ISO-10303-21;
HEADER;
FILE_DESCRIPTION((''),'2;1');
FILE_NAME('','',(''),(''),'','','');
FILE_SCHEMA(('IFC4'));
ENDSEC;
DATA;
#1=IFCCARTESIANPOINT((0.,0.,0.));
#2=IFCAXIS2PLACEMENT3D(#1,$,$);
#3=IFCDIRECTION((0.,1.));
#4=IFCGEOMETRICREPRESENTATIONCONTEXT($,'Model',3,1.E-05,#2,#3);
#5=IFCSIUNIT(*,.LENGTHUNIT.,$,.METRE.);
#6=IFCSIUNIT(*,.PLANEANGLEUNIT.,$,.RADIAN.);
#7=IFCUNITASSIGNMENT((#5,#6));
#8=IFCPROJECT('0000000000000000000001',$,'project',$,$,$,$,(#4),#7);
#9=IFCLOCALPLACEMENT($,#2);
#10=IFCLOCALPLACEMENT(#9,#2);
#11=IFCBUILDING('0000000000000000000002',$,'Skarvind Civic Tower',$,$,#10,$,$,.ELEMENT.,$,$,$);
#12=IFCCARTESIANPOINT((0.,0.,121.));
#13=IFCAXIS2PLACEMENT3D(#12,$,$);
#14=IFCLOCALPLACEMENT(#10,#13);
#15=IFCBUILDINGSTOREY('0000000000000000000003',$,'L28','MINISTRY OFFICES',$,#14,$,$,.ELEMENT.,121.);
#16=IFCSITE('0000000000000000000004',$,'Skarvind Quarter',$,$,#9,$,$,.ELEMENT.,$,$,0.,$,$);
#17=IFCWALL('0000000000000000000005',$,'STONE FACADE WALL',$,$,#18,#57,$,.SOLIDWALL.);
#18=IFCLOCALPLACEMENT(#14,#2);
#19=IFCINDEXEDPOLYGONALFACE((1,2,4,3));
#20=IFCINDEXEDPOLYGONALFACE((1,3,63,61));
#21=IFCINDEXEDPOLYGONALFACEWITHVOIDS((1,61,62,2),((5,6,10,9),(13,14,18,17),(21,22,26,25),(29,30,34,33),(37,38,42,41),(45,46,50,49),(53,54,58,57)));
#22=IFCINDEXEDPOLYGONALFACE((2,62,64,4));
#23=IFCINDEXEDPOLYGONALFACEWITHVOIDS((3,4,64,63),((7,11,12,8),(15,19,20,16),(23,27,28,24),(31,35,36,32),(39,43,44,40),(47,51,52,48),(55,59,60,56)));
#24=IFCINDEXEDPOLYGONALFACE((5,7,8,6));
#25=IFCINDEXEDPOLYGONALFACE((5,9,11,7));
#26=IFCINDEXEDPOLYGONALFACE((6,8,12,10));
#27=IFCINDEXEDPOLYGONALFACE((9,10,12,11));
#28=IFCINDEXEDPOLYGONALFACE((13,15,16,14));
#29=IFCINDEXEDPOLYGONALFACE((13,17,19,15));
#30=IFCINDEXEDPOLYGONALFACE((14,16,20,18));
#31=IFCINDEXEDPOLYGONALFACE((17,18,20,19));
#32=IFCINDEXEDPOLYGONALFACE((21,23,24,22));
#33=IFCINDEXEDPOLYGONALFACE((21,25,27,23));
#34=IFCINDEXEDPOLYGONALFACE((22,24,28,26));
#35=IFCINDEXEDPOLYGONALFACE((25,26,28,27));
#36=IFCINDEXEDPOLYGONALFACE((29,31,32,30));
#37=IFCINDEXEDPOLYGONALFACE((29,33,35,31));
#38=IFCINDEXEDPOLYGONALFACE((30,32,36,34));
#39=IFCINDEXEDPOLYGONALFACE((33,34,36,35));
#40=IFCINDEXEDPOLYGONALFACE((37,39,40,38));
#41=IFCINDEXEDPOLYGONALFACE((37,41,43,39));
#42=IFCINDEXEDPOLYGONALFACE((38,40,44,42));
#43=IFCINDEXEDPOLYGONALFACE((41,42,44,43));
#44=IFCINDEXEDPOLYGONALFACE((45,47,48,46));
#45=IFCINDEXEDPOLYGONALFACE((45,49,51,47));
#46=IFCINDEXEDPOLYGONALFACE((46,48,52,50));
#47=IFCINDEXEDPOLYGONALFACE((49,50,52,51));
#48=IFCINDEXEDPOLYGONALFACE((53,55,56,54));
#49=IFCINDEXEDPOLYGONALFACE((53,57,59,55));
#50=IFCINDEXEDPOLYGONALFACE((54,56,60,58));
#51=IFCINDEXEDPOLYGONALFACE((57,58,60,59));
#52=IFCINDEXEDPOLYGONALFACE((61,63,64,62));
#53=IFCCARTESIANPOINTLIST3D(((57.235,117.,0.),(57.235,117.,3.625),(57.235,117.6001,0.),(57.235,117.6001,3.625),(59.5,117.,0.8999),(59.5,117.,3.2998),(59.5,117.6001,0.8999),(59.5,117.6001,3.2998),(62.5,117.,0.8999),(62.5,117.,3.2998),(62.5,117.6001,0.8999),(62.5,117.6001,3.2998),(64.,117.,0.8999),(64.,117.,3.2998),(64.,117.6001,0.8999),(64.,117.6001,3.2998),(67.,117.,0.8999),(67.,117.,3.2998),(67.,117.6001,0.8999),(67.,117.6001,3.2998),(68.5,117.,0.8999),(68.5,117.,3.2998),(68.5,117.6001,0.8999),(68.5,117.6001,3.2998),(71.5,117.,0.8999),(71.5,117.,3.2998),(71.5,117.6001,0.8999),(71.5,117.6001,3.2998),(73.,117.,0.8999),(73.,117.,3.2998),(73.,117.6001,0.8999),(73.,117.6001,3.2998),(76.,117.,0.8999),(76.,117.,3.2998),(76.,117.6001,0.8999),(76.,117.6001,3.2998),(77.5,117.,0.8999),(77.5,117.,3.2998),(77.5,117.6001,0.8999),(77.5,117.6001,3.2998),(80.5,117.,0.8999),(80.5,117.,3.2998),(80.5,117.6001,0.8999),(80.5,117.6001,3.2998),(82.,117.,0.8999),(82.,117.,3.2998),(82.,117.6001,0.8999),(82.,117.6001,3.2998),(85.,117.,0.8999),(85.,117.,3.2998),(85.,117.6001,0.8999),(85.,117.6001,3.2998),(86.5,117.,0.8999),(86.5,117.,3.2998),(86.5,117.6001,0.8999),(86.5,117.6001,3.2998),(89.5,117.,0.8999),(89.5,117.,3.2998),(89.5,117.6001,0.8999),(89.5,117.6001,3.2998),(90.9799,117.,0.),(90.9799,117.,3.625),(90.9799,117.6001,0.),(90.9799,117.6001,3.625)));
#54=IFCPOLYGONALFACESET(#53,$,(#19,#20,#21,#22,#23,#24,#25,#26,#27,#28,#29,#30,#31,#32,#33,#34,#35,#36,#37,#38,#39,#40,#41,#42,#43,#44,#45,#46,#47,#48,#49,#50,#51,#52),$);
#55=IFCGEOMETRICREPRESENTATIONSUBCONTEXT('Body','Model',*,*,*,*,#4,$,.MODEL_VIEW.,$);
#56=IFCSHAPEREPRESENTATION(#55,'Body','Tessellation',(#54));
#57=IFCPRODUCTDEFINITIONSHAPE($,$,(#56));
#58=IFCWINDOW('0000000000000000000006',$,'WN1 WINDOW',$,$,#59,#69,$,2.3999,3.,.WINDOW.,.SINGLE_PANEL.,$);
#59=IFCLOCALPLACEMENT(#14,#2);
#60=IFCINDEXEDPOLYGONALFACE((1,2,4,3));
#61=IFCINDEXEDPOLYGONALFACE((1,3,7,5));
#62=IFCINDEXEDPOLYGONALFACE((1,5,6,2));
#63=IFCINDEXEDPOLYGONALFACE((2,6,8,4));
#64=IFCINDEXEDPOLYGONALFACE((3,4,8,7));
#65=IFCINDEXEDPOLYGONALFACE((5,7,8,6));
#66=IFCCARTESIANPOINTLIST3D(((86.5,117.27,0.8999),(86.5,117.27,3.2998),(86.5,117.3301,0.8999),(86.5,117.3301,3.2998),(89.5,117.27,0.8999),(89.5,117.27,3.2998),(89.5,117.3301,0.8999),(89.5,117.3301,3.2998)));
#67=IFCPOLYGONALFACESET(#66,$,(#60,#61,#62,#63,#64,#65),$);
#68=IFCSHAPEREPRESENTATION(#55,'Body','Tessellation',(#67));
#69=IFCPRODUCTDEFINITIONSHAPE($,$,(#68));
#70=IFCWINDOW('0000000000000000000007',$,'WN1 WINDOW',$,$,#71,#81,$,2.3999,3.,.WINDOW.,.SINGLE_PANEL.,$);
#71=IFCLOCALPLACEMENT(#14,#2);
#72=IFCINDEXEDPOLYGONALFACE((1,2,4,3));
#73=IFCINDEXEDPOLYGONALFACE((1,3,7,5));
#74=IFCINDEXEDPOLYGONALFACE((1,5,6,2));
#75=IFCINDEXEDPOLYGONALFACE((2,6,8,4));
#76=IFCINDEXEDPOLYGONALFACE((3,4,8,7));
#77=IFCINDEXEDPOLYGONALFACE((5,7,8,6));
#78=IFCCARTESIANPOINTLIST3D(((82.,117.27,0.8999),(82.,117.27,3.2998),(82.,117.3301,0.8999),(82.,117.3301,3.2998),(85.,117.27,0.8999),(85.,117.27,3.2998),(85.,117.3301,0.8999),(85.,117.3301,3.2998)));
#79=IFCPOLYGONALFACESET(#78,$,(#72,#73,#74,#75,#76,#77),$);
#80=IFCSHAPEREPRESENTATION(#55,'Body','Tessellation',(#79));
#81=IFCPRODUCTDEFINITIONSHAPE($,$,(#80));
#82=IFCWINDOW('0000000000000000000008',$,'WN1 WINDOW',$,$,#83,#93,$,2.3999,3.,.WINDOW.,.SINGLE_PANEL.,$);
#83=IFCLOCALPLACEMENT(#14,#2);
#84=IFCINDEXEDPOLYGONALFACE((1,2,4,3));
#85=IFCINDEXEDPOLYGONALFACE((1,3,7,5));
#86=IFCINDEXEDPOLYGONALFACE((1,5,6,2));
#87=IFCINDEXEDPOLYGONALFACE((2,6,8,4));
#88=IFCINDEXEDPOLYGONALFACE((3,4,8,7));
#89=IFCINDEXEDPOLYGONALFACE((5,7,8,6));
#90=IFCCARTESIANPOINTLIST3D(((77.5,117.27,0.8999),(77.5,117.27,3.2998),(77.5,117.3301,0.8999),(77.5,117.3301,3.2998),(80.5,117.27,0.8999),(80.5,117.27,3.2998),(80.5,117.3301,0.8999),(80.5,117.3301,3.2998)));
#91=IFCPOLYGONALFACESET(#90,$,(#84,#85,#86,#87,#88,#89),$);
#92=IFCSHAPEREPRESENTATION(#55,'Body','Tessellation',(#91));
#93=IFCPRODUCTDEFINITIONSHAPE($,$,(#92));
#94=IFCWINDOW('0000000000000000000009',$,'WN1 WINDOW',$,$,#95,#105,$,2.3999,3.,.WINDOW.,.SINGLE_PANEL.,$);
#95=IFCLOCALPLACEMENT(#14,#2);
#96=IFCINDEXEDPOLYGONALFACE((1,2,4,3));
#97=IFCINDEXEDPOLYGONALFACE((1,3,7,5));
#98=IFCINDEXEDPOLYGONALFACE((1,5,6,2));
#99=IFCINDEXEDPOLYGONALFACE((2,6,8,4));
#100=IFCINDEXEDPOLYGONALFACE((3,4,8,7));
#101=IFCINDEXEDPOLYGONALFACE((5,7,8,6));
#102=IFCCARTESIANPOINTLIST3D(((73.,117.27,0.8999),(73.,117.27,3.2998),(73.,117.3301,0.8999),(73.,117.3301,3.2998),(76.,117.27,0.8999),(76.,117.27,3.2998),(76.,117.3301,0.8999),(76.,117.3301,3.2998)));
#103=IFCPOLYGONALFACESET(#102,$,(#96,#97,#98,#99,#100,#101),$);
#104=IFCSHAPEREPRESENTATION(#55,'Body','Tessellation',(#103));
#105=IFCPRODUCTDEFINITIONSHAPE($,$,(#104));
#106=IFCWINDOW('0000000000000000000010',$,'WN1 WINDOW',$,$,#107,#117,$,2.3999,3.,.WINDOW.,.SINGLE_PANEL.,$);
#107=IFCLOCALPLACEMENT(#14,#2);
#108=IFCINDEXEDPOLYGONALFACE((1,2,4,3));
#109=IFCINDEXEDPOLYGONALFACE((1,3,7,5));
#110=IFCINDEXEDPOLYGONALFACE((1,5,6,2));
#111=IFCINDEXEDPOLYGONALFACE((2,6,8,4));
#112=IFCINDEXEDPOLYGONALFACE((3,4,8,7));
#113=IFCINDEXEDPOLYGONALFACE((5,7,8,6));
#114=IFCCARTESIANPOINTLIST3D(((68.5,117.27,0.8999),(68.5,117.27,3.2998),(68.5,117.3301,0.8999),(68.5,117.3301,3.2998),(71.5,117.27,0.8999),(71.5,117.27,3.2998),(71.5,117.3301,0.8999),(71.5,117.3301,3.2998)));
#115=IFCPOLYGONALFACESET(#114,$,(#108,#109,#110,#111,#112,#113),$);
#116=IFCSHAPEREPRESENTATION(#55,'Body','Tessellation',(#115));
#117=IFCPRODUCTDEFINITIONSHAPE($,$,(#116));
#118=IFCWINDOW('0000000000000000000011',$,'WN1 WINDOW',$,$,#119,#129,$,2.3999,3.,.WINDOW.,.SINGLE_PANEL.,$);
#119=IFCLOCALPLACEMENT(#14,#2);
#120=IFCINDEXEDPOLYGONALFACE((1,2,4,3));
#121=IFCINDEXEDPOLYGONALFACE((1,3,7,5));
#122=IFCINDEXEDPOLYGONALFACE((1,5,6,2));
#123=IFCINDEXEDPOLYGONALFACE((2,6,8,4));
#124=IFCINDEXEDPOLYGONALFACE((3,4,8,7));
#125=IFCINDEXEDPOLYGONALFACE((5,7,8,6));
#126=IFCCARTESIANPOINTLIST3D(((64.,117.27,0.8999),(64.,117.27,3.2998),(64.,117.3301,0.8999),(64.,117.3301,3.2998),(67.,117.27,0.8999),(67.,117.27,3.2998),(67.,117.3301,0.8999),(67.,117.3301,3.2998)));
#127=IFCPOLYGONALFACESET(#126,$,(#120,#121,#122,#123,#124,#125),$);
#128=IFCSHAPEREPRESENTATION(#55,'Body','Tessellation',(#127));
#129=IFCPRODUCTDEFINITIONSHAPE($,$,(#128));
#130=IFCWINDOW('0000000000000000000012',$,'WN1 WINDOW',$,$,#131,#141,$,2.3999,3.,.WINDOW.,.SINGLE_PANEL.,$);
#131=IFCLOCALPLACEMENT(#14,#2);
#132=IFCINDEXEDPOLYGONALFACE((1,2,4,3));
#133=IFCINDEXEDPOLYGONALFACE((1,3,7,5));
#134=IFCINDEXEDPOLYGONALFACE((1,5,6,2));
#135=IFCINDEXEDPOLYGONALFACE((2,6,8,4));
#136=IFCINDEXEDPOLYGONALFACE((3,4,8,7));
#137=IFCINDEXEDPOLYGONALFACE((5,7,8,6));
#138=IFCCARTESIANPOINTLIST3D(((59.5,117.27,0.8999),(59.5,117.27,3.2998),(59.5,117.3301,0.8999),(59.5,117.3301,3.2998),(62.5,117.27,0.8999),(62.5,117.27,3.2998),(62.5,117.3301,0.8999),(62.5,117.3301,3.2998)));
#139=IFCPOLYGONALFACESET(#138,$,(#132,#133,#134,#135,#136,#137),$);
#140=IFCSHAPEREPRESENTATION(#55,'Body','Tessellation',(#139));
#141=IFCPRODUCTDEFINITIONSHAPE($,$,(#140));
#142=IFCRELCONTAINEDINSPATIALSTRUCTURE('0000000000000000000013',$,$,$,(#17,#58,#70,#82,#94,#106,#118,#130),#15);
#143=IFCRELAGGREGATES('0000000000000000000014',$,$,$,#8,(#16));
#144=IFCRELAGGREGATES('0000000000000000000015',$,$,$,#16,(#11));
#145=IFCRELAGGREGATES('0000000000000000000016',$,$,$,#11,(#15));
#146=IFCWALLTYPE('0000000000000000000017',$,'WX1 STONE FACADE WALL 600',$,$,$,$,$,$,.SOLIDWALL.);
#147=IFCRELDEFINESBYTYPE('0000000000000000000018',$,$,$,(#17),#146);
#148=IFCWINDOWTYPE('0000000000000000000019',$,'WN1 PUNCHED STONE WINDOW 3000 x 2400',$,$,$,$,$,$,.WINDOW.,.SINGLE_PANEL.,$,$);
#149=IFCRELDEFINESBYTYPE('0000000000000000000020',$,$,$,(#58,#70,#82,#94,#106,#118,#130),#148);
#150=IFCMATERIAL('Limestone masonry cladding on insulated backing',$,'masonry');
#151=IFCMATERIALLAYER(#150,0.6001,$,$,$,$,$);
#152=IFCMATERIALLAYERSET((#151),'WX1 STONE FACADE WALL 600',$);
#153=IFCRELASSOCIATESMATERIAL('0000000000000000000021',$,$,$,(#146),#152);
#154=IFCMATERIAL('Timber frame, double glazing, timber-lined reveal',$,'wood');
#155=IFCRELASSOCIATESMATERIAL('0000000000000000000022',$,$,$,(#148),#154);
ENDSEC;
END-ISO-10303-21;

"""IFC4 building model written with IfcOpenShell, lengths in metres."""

from ifc_helpers import new_model, si_unit, direction, frame, frame_2d, origin, place, context, subcontext, project, spatial, rectangle, extrude, material, layer, layer_set, type_object, element, fill, save


model = new_model("IFC4")

# Units and contexts
model_context = context("Model", 3, precision=1e-05, world=origin(), true_north=direction((0.0, 1.0)))
body_context = subcontext(model_context, "Body", "Model", "MODEL_VIEW")
ifc_project = project(units=[si_unit("LENGTHUNIT", "METRE"), si_unit("PLANEANGLEUNIT", "RADIAN")], contexts=[model_context])

# Site, building, storey
site_placement = place(None, origin())
site = spatial("IfcSite", under=ifc_project, at=site_placement, Name="Skarvind Quarter", CompositionType="ELEMENT", RefElevation=0.0)
building_placement = place(site_placement, origin())
building = spatial("IfcBuilding", under=site, at=building_placement, Name="Skarvind Civic Tower", CompositionType="ELEMENT")
storey_placement = place(building_placement, frame((0.0, 0.0, 121.0)))
storey = spatial("IfcBuildingStorey", under=building, at=storey_placement, Name="L28", Description="MINISTRY OFFICES", CompositionType="ELEMENT", Elevation=121.0)

# Wall, openings, windows
ifc_material_1 = material(Name="Limestone masonry cladding on insulated backing", Category="masonry")
ifc_layer_1 = layer(ifc_material_1, 0.6001)
ifc_layer_set_1 = layer_set([ifc_layer_1], Name="WX1 STONE FACADE WALL 600")
wall_type_1 = type_object("IfcWallType", Name="WX1 STONE FACADE WALL 600", PredefinedType="SOLIDWALL", material=ifc_layer_set_1)
wall_1_placement = place(storey_placement, frame((90.98, 117.3, 0.0), z_axis=(0.0, 0.0, 1.0), x_axis=(-1.0, 0.0, 0.0)))
wall_1 = element("IfcWall", 1, at=wall_1_placement, inside=storey, type_object=wall_type_1, Name="STONE FACADE WALL", PredefinedType="SOLIDWALL", context=body_context, shape_type="SweptSolid", body=[
    extrude(rectangle(XDim=33.7449, YDim=0.6001, at=frame_2d((16.8726, 0.0))), origin(), (0.0, 0.0, 1.0), 3.625),
])
opening_1_placement = place(wall_1_placement, frame((1.48, 0.0, 0.8999)))
opening_1 = element("IfcOpeningElement", 2, at=opening_1_placement, cuts=wall_1, PredefinedType="OPENING", context=body_context, shape_type="SweptSolid", body=[
    extrude(rectangle(XDim=3.0, YDim=2.3999, at=frame_2d((1.5, 1.2))), frame((0.0, 0.3101, 0.0), z_axis=(0.0, -1.0, 0.0), x_axis=(1.0, 0.0, 0.0)), (0.0, 0.0, 1.0), 0.6201),
])
opening_2_placement = place(wall_1_placement, frame((5.98, 0.0, 0.8999)))
opening_2 = element("IfcOpeningElement", 3, at=opening_2_placement, cuts=wall_1, PredefinedType="OPENING", context=body_context, shape_type="SweptSolid", body=[
    extrude(rectangle(XDim=3.0, YDim=2.3999, at=frame_2d((1.5, 1.2))), frame((0.0, 0.3101, 0.0), z_axis=(0.0, -1.0, 0.0), x_axis=(1.0, 0.0, 0.0)), (0.0, 0.0, 1.0), 0.6201),
])
opening_3_placement = place(wall_1_placement, frame((10.48, 0.0, 0.8999)))
opening_3 = element("IfcOpeningElement", 4, at=opening_3_placement, cuts=wall_1, PredefinedType="OPENING", context=body_context, shape_type="SweptSolid", body=[
    extrude(rectangle(XDim=3.0, YDim=2.3999, at=frame_2d((1.5, 1.2))), frame((0.0, 0.3101, 0.0), z_axis=(0.0, -1.0, 0.0), x_axis=(1.0, 0.0, 0.0)), (0.0, 0.0, 1.0), 0.6201),
])
opening_4_placement = place(wall_1_placement, frame((14.98, 0.0, 0.8999)))
opening_4 = element("IfcOpeningElement", 5, at=opening_4_placement, cuts=wall_1, PredefinedType="OPENING", context=body_context, shape_type="SweptSolid", body=[
    extrude(rectangle(XDim=3.0, YDim=2.3999, at=frame_2d((1.5, 1.2))), frame((0.0, 0.3101, 0.0), z_axis=(0.0, -1.0, 0.0), x_axis=(1.0, 0.0, 0.0)), (0.0, 0.0, 1.0), 0.6201),
])
opening_5_placement = place(wall_1_placement, frame((19.48, 0.0, 0.8999)))
opening_5 = element("IfcOpeningElement", 6, at=opening_5_placement, cuts=wall_1, PredefinedType="OPENING", context=body_context, shape_type="SweptSolid", body=[
    extrude(rectangle(XDim=3.0, YDim=2.3999, at=frame_2d((1.5, 1.2))), frame((0.0, 0.3101, 0.0), z_axis=(0.0, -1.0, 0.0), x_axis=(1.0, 0.0, 0.0)), (0.0, 0.0, 1.0), 0.6201),
])
opening_6_placement = place(wall_1_placement, frame((23.98, 0.0, 0.8999)))
opening_6 = element("IfcOpeningElement", 7, at=opening_6_placement, cuts=wall_1, PredefinedType="OPENING", context=body_context, shape_type="SweptSolid", body=[
    extrude(rectangle(XDim=3.0, YDim=2.3999, at=frame_2d((1.5, 1.2))), frame((0.0, 0.3101, 0.0), z_axis=(0.0, -1.0, 0.0), x_axis=(1.0, 0.0, 0.0)), (0.0, 0.0, 1.0), 0.6201),
])
opening_7_placement = place(wall_1_placement, frame((28.48, 0.0, 0.8999)))
opening_7 = element("IfcOpeningElement", 8, at=opening_7_placement, cuts=wall_1, PredefinedType="OPENING", context=body_context, shape_type="SweptSolid", body=[
    extrude(rectangle(XDim=3.0, YDim=2.3999, at=frame_2d((1.5, 1.2))), frame((0.0, 0.3101, 0.0), z_axis=(0.0, -1.0, 0.0), x_axis=(1.0, 0.0, 0.0)), (0.0, 0.0, 1.0), 0.6201),
])
ifc_material_2 = material(Name="Timber frame, double glazing, timber-lined reveal", Category="wood")
window_type = type_object("IfcWindowType", Name="WN1 PUNCHED STONE WINDOW 3000 x 2400", PartitioningType="SINGLE_PANEL", PredefinedType="WINDOW", material=ifc_material_2)
window_1_placement = place(opening_1_placement, origin())
window_1 = element("IfcWindow", 9, at=window_1_placement, inside=storey, type_object=window_type, Name="WN1 WINDOW", OverallHeight=2.3999, OverallWidth=3.0, PartitioningType="SINGLE_PANEL", PredefinedType="WINDOW", context=body_context, shape_type="SweptSolid", body=[
    extrude(rectangle(XDim=3.0, YDim=2.3999, at=frame_2d((1.5, 1.2))), frame((0.0, 0.03, 0.0), z_axis=(0.0, -1.0, 0.0), x_axis=(1.0, 0.0, 0.0)), (0.0, 0.0, 1.0), 0.0601),
])
fill(opening_1, window_1)
window_2_placement = place(opening_2_placement, origin())
window_2 = element("IfcWindow", 10, at=window_2_placement, inside=storey, type_object=window_type, Name="WN1 WINDOW", OverallHeight=2.3999, OverallWidth=3.0, PartitioningType="SINGLE_PANEL", PredefinedType="WINDOW", context=body_context, shape_type="SweptSolid", body=[
    extrude(rectangle(XDim=3.0, YDim=2.3999, at=frame_2d((1.5, 1.2))), frame((0.0, 0.03, 0.0), z_axis=(0.0, -1.0, 0.0), x_axis=(1.0, 0.0, 0.0)), (0.0, 0.0, 1.0), 0.0601),
])
fill(opening_2, window_2)
window_3_placement = place(opening_3_placement, origin())
window_3 = element("IfcWindow", 11, at=window_3_placement, inside=storey, type_object=window_type, Name="WN1 WINDOW", OverallHeight=2.3999, OverallWidth=3.0, PartitioningType="SINGLE_PANEL", PredefinedType="WINDOW", context=body_context, shape_type="SweptSolid", body=[
    extrude(rectangle(XDim=3.0, YDim=2.3999, at=frame_2d((1.5, 1.2))), frame((0.0, 0.03, 0.0), z_axis=(0.0, -1.0, 0.0), x_axis=(1.0, 0.0, 0.0)), (0.0, 0.0, 1.0), 0.0601),
])
fill(opening_3, window_3)
window_4_placement = place(opening_4_placement, origin())
window_4 = element("IfcWindow", 12, at=window_4_placement, inside=storey, type_object=window_type, Name="WN1 WINDOW", OverallHeight=2.3999, OverallWidth=3.0, PartitioningType="SINGLE_PANEL", PredefinedType="WINDOW", context=body_context, shape_type="SweptSolid", body=[
    extrude(rectangle(XDim=3.0, YDim=2.3999, at=frame_2d((1.5, 1.2))), frame((0.0, 0.03, 0.0), z_axis=(0.0, -1.0, 0.0), x_axis=(1.0, 0.0, 0.0)), (0.0, 0.0, 1.0), 0.0601),
])
fill(opening_4, window_4)
window_5_placement = place(opening_5_placement, origin())
window_5 = element("IfcWindow", 13, at=window_5_placement, inside=storey, type_object=window_type, Name="WN1 WINDOW", OverallHeight=2.3999, OverallWidth=3.0, PartitioningType="SINGLE_PANEL", PredefinedType="WINDOW", context=body_context, shape_type="SweptSolid", body=[
    extrude(rectangle(XDim=3.0, YDim=2.3999, at=frame_2d((1.5, 1.2))), frame((0.0, 0.03, 0.0), z_axis=(0.0, -1.0, 0.0), x_axis=(1.0, 0.0, 0.0)), (0.0, 0.0, 1.0), 0.0601),
])
fill(opening_5, window_5)
window_6_placement = place(opening_6_placement, origin())
window_6 = element("IfcWindow", 14, at=window_6_placement, inside=storey, type_object=window_type, Name="WN1 WINDOW", OverallHeight=2.3999, OverallWidth=3.0, PartitioningType="SINGLE_PANEL", PredefinedType="WINDOW", context=body_context, shape_type="SweptSolid", body=[
    extrude(rectangle(XDim=3.0, YDim=2.3999, at=frame_2d((1.5, 1.2))), frame((0.0, 0.03, 0.0), z_axis=(0.0, -1.0, 0.0), x_axis=(1.0, 0.0, 0.0)), (0.0, 0.0, 1.0), 0.0601),
])
fill(opening_6, window_6)
window_7_placement = place(opening_7_placement, origin())
window_7 = element("IfcWindow", 15, at=window_7_placement, inside=storey, type_object=window_type, Name="WN1 WINDOW", OverallHeight=2.3999, OverallWidth=3.0, PartitioningType="SINGLE_PANEL", PredefinedType="WINDOW", context=body_context, shape_type="SweptSolid", body=[
    extrude(rectangle(XDim=3.0, YDim=2.3999, at=frame_2d((1.5, 1.2))), frame((0.0, 0.03, 0.0), z_axis=(0.0, -1.0, 0.0), x_axis=(1.0, 0.0, 0.0)), (0.0, 0.0, 1.0), 0.0601),
])
fill(opening_7, window_7)

save(model, "model.ifc")
